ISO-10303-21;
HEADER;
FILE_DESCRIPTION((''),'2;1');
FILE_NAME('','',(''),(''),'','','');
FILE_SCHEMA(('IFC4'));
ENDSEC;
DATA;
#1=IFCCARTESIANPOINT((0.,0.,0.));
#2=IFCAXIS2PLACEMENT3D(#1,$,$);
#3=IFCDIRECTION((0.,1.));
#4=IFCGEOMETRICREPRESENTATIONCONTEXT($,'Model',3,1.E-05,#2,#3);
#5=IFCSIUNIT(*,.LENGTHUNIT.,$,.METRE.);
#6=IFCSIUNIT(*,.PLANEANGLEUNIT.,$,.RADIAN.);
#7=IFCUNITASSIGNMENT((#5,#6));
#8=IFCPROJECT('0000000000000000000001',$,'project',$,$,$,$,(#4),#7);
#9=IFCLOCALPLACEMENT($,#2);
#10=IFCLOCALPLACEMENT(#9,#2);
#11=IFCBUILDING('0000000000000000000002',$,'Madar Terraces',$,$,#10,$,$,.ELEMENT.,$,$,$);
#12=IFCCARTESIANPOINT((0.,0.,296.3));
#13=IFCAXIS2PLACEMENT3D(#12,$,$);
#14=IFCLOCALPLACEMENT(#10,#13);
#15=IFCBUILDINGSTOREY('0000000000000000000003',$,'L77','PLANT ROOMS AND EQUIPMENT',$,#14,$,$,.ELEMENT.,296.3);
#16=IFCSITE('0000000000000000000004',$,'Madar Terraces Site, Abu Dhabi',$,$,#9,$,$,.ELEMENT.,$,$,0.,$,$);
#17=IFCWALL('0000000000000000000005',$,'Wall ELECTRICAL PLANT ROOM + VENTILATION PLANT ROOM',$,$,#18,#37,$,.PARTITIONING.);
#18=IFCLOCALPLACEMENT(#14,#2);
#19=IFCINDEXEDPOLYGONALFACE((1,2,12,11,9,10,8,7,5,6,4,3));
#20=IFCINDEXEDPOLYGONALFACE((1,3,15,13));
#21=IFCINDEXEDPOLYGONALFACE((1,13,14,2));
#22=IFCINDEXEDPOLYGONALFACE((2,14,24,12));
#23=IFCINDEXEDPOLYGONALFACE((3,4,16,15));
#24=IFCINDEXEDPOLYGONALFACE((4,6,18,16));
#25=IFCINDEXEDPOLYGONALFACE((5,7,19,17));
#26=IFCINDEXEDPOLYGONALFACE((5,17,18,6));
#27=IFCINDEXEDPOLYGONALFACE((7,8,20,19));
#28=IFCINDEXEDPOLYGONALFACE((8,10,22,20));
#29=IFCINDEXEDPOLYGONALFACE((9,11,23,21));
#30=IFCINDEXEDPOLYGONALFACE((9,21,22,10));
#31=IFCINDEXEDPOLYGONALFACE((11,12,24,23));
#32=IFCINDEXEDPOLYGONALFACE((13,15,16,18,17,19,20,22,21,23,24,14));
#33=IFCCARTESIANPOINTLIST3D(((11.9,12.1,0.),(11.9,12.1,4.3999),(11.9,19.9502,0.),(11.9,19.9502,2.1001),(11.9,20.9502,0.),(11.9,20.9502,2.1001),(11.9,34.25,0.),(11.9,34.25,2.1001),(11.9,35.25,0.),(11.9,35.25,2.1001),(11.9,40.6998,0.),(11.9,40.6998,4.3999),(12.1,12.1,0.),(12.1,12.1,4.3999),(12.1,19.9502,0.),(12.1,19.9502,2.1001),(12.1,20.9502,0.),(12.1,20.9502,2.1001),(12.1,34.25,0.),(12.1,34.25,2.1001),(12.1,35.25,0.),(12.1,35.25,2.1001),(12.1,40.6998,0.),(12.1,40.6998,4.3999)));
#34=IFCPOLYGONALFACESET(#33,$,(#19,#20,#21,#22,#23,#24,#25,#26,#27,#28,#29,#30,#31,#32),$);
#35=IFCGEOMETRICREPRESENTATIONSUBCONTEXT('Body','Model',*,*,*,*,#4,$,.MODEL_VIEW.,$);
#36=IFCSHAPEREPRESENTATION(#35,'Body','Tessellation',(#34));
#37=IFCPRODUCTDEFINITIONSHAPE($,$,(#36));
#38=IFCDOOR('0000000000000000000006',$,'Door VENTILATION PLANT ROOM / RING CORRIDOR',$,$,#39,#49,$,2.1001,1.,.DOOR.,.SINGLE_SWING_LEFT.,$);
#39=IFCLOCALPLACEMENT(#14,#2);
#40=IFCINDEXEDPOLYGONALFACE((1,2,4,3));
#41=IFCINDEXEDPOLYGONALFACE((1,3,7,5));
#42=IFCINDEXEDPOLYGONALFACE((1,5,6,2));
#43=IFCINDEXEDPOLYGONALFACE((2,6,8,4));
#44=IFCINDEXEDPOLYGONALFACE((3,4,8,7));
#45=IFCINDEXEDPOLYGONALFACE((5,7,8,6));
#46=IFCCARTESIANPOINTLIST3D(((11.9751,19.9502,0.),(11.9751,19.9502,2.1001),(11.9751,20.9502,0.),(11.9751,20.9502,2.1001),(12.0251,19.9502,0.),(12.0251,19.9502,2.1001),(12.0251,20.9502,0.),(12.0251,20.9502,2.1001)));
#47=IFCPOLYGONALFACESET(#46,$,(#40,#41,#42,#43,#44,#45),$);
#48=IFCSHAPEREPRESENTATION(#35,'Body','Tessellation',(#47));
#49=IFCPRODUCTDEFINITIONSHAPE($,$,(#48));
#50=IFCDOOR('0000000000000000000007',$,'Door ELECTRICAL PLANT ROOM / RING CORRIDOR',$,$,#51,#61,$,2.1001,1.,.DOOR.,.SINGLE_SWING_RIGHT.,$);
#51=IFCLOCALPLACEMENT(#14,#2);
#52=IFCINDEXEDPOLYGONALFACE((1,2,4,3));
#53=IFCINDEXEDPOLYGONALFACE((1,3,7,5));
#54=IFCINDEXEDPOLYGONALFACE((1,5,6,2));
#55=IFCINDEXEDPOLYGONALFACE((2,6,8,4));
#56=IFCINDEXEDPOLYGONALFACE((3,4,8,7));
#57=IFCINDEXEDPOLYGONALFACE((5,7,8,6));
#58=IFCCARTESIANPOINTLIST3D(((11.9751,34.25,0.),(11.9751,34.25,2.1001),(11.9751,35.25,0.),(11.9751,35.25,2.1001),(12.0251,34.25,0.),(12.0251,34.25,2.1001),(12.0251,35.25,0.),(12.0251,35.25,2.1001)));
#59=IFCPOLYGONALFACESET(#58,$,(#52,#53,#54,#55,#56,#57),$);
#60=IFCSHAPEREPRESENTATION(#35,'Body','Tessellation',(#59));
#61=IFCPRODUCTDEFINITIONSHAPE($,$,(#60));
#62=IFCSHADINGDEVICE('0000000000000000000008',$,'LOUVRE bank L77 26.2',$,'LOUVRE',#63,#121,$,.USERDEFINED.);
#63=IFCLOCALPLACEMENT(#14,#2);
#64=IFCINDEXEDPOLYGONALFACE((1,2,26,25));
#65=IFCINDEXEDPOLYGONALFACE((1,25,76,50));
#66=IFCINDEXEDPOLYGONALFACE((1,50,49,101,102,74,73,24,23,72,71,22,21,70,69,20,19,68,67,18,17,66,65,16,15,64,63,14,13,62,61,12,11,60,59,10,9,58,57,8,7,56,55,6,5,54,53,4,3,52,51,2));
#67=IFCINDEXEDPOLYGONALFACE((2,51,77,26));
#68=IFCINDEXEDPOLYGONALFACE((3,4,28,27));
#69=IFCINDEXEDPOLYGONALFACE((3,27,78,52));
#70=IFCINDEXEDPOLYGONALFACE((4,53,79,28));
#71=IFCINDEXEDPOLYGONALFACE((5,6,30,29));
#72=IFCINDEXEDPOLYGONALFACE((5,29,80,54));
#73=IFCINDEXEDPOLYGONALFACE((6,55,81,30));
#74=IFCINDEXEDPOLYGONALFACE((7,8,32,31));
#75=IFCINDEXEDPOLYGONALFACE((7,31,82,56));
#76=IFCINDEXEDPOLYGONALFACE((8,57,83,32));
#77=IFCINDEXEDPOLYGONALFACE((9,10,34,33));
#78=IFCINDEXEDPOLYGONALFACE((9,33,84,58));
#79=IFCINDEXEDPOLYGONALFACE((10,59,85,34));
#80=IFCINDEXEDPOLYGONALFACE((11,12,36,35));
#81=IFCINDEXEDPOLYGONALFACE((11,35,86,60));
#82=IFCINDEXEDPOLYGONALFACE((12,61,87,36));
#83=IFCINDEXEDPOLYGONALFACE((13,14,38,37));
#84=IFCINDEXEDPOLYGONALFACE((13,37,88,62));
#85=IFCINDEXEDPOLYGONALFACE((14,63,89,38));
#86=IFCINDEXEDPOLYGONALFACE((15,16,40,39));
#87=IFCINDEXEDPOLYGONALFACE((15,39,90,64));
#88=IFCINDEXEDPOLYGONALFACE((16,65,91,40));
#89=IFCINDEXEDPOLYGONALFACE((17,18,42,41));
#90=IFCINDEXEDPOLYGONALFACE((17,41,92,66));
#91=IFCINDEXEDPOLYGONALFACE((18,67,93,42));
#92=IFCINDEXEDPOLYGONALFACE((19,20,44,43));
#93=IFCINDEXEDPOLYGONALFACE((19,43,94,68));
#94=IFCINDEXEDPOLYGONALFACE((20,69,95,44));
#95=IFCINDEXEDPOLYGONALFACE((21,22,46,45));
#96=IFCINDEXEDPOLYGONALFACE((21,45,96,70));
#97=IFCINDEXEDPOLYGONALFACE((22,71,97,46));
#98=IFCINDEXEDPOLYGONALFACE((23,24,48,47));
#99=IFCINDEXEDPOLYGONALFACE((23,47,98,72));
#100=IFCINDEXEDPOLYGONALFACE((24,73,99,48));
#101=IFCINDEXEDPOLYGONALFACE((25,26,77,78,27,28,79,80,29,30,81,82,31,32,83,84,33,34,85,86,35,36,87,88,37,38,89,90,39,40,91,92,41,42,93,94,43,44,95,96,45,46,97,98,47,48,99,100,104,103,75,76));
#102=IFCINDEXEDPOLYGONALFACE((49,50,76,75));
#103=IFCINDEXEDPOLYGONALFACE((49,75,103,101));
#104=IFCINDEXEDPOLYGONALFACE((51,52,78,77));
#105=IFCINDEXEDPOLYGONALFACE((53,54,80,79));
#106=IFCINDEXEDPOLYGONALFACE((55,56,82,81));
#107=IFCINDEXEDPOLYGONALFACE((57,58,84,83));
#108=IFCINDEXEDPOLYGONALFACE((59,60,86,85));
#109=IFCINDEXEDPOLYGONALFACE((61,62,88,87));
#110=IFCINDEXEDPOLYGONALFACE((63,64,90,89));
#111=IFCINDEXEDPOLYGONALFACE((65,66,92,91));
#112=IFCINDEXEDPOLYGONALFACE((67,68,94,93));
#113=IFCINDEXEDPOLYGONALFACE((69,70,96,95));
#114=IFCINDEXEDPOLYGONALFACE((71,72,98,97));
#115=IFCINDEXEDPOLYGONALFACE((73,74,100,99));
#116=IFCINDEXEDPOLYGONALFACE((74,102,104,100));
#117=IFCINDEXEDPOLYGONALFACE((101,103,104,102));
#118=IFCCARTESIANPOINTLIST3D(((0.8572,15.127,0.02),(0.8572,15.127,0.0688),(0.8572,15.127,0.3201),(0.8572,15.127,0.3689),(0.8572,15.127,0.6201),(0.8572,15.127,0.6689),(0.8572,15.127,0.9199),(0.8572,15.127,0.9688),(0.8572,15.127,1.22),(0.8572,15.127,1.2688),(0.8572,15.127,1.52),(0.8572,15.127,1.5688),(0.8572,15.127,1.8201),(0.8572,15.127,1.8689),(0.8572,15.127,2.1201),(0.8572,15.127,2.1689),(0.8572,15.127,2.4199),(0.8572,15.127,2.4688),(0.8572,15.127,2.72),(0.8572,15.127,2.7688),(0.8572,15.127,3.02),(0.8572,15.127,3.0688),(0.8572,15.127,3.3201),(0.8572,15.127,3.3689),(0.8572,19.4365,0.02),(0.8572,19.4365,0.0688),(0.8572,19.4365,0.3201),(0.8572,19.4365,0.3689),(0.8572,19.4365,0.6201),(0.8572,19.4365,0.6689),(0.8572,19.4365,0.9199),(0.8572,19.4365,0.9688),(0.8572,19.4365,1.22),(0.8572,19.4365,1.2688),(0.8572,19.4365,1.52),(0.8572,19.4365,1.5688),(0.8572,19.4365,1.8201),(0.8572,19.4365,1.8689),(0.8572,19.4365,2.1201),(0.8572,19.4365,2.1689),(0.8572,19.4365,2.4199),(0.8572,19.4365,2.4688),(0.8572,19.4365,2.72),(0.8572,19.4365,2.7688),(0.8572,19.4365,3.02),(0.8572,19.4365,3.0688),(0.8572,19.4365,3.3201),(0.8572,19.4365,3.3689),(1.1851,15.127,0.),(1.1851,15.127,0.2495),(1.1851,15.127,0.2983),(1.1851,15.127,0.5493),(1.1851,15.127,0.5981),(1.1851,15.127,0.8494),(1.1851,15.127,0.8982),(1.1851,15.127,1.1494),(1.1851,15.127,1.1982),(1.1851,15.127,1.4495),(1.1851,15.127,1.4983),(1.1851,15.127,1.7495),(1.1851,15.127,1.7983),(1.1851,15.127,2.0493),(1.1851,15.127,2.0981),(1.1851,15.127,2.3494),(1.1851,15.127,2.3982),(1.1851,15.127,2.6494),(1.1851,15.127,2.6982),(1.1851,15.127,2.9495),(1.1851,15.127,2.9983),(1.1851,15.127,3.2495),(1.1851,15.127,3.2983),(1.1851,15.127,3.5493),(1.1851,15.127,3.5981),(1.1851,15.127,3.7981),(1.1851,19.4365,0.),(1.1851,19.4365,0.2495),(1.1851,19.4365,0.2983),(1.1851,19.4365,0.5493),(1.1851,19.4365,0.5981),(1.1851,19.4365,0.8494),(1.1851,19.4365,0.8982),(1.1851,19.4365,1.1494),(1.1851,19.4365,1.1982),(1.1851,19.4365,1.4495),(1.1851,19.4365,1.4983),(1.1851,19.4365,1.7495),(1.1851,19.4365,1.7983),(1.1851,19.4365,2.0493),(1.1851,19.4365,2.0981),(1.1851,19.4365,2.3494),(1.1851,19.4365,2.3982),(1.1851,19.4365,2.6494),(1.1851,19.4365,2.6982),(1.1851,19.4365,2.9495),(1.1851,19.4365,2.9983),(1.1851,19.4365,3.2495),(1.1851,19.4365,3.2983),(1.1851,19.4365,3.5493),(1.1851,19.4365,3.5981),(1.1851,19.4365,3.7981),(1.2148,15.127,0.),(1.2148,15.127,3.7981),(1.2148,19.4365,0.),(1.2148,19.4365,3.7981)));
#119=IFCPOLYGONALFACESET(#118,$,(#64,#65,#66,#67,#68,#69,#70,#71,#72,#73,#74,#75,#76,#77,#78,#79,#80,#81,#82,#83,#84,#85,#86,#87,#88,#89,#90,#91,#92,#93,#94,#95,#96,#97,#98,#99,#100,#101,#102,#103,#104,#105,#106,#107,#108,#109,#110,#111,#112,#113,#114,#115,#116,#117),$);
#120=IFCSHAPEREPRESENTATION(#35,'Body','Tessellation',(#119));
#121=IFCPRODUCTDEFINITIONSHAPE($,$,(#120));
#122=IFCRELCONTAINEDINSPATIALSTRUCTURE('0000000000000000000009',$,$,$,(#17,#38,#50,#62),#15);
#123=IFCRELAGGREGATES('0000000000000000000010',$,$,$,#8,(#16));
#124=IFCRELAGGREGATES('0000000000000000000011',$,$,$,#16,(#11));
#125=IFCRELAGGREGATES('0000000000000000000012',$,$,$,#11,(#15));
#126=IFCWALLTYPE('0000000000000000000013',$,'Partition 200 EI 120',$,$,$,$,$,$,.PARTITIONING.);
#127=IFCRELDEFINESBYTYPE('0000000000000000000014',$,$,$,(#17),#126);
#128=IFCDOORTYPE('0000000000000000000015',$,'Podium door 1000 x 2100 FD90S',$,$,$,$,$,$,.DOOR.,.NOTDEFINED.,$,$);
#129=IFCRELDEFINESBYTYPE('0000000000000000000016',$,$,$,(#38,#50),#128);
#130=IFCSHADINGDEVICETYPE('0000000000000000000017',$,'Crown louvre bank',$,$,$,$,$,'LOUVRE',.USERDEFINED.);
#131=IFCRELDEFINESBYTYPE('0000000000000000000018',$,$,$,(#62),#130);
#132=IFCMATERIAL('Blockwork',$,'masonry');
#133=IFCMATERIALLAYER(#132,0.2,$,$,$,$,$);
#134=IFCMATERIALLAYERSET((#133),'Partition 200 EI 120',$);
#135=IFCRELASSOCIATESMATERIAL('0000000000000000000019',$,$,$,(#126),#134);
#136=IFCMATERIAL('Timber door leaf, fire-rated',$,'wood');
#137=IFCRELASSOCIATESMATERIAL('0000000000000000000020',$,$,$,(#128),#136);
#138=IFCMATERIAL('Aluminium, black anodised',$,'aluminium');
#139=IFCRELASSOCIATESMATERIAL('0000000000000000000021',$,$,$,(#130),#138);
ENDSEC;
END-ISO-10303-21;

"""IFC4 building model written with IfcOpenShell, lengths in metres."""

from ifc_helpers import new_model, si_unit, direction, frame, frame_2d, origin, place, context, subcontext, project, spatial, polyline, rectangle, outline, extrude, material, layer, layer_set, type_object, element, fill, save


model = new_model("IFC4")

# Units and contexts
model_context = context("Model", 3, precision=1e-05, world=origin(), true_north=direction((0.0, 1.0)))
body_context = subcontext(model_context, "Body", "Model", "MODEL_VIEW")
ifc_project = project(units=[si_unit("LENGTHUNIT", "METRE"), si_unit("PLANEANGLEUNIT", "RADIAN")], contexts=[model_context])

# Site, building, storey
site_placement = place(None, origin())
site = spatial("IfcSite", under=ifc_project, at=site_placement, Name="Madar Terraces Site, Abu Dhabi", CompositionType="ELEMENT", RefElevation=0.0)
building_placement = place(site_placement, origin())
building = spatial("IfcBuilding", under=site, at=building_placement, Name="Madar Terraces", CompositionType="ELEMENT")
storey_placement = place(building_placement, frame((0.0, 0.0, 296.3)))
storey = spatial("IfcBuildingStorey", under=building, at=storey_placement, Name="L77", Description="PLANT ROOMS AND EQUIPMENT", CompositionType="ELEMENT", Elevation=296.3)

# Wall, openings, doors
ifc_material_1 = material(Name="Blockwork", Category="masonry")
ifc_layer_1 = layer(ifc_material_1, 0.2)
ifc_layer_set_1 = layer_set([ifc_layer_1], Name="Partition 200 EI 120")
wall_type = type_object("IfcWallType", Name="Partition 200 EI 120", PredefinedType="PARTITIONING", material=ifc_layer_set_1)
wall_placement = place(storey_placement, frame((12.0, 12.1001, 0.0), z_axis=(0.0, 0.0, 1.0), x_axis=(0.0, 1.0, 0.0)))
wall = element("IfcWall", 1, at=wall_placement, inside=storey, type_object=wall_type, Name="Wall ELECTRICAL PLANT ROOM + VENTILATION PLANT ROOM", PredefinedType="PARTITIONING", context=body_context, shape_type="SweptSolid", body=[
    extrude(rectangle(XDim=28.5999, YDim=0.2, at=frame_2d((14.2998, 0.0))), origin(), (0.0, 0.0, 1.0), 4.3999),
])
opening_1_placement = place(wall_placement, frame((7.8501, 0.0, 0.0)))
opening_1 = element("IfcOpeningElement", 2, at=opening_1_placement, cuts=wall, PredefinedType="OPENING", context=body_context, shape_type="SweptSolid", body=[
    extrude(rectangle(XDim=1.0, YDim=2.1001, at=frame_2d((0.5, 1.05))), frame((0.0, 0.1099, 0.0), z_axis=(0.0, -1.0, 0.0), x_axis=(1.0, 0.0, 0.0)), (0.0, 0.0, 1.0), 0.22),
])
opening_2_placement = place(wall_placement, frame((22.1499, 0.0, 0.0)))
opening_2 = element("IfcOpeningElement", 3, at=opening_2_placement, cuts=wall, PredefinedType="OPENING", context=body_context, shape_type="SweptSolid", body=[
    extrude(rectangle(XDim=1.0, YDim=2.1001, at=frame_2d((0.5, 1.05))), frame((0.0, 0.1099, 0.0), z_axis=(0.0, -1.0, 0.0), x_axis=(1.0, 0.0, 0.0)), (0.0, 0.0, 1.0), 0.22),
])
ifc_material_2 = material(Name="Timber door leaf, fire-rated", Category="wood")
door_type = type_object("IfcDoorType", Name="Podium door 1000 x 2100 FD90S", OperationType="NOTDEFINED", PredefinedType="DOOR", material=ifc_material_2)
door_1_placement = place(opening_1_placement, origin())
door_1 = element("IfcDoor", 4, at=door_1_placement, inside=storey, type_object=door_type, Name="Door VENTILATION PLANT ROOM / RING CORRIDOR", OperationType="SINGLE_SWING_LEFT", OverallHeight=2.1001, OverallWidth=1.0, PredefinedType="DOOR", context=body_context, shape_type="SweptSolid", body=[
    extrude(rectangle(XDim=1.0, YDim=2.1001, at=frame_2d((0.5, 1.05))), frame((0.0, 0.0249, 0.0), z_axis=(0.0, -1.0, 0.0), x_axis=(1.0, 0.0, 0.0)), (0.0, 0.0, 1.0), 0.05),
])
fill(opening_1, door_1)
door_2_placement = place(opening_2_placement, origin())
door_2 = element("IfcDoor", 5, at=door_2_placement, inside=storey, type_object=door_type, Name="Door ELECTRICAL PLANT ROOM / RING CORRIDOR", OperationType="SINGLE_SWING_RIGHT", OverallHeight=2.1001, OverallWidth=1.0, PredefinedType="DOOR", context=body_context, shape_type="SweptSolid", body=[
    extrude(rectangle(XDim=1.0, YDim=2.1001, at=frame_2d((0.5, 1.05))), frame((0.0, 0.0249, 0.0), z_axis=(0.0, -1.0, 0.0), x_axis=(1.0, 0.0, 0.0)), (0.0, 0.0, 1.0), 0.05),
])
fill(opening_2, door_2)

# Shading device
ifc_material_3 = material(Name="Aluminium, black anodised", Category="aluminium")
shading_device_type = type_object("IfcShadingDeviceType", Name="Crown louvre bank", ElementType="LOUVRE", PredefinedType="USERDEFINED", material=ifc_material_3)
shading_device_1_placement = place(storey_placement, frame((1.2, 19.4365, 0.0), z_axis=(0.0, -1.0, 0.0), x_axis=(1.0, 0.0, 0.0)))
element("IfcShadingDevice", 6, at=shading_device_1_placement, inside=storey, type_object=shading_device_type, Name="LOUVRE bank L77 26.2", ObjectType="LOUVRE", PredefinedType="USERDEFINED", context=body_context, shape_type="SweptSolid", body=[
    extrude(outline(polyline([(0.0149, 0.0), (-0.0149, 0.0), (-0.0149, 0.2495), (-0.3428, 0.02), (-0.3428, 0.0688), (-0.0149, 0.2983), (-0.0149, 0.5493), (-0.3428, 0.3201), (-0.3428, 0.3689), (-0.0149, 0.5981), (-0.0149, 0.8494), (-0.3428, 0.6201), (-0.3428, 0.6689), (-0.0149, 0.8982), (-0.0149, 1.1494), (-0.3428, 0.9199), (-0.3428, 0.9688), (-0.0149, 1.1982), (-0.0149, 1.4495), (-0.3428, 1.22), (-0.3428, 1.2688), (-0.0149, 1.4983), (-0.0149, 1.7495), (-0.3428, 1.52), (-0.3428, 1.5688), (-0.0149, 1.7983), (-0.0149, 2.0493), (-0.3428, 1.8201), (-0.3428, 1.8689), (-0.0149, 2.0981), (-0.0149, 2.3494), (-0.3428, 2.1201), (-0.3428, 2.1689), (-0.0149, 2.3982), (-0.0149, 2.6494), (-0.3428, 2.4199), (-0.3428, 2.4688), (-0.0149, 2.6982), (-0.0149, 2.9495), (-0.3428, 2.72), (-0.3428, 2.7688), (-0.0149, 2.9983), (-0.0149, 3.2495), (-0.3428, 3.02), (-0.3428, 3.0688), (-0.0149, 3.2983), (-0.0149, 3.5493), (-0.3428, 3.3201), (-0.3428, 3.3689), (-0.0149, 3.5981), (-0.0149, 3.7981), (0.0149, 3.7981), (0.0149, 0.0)])), origin(), (0.0, 0.0, 1.0), 4.3096),
])

save(model, "model.ifc")
